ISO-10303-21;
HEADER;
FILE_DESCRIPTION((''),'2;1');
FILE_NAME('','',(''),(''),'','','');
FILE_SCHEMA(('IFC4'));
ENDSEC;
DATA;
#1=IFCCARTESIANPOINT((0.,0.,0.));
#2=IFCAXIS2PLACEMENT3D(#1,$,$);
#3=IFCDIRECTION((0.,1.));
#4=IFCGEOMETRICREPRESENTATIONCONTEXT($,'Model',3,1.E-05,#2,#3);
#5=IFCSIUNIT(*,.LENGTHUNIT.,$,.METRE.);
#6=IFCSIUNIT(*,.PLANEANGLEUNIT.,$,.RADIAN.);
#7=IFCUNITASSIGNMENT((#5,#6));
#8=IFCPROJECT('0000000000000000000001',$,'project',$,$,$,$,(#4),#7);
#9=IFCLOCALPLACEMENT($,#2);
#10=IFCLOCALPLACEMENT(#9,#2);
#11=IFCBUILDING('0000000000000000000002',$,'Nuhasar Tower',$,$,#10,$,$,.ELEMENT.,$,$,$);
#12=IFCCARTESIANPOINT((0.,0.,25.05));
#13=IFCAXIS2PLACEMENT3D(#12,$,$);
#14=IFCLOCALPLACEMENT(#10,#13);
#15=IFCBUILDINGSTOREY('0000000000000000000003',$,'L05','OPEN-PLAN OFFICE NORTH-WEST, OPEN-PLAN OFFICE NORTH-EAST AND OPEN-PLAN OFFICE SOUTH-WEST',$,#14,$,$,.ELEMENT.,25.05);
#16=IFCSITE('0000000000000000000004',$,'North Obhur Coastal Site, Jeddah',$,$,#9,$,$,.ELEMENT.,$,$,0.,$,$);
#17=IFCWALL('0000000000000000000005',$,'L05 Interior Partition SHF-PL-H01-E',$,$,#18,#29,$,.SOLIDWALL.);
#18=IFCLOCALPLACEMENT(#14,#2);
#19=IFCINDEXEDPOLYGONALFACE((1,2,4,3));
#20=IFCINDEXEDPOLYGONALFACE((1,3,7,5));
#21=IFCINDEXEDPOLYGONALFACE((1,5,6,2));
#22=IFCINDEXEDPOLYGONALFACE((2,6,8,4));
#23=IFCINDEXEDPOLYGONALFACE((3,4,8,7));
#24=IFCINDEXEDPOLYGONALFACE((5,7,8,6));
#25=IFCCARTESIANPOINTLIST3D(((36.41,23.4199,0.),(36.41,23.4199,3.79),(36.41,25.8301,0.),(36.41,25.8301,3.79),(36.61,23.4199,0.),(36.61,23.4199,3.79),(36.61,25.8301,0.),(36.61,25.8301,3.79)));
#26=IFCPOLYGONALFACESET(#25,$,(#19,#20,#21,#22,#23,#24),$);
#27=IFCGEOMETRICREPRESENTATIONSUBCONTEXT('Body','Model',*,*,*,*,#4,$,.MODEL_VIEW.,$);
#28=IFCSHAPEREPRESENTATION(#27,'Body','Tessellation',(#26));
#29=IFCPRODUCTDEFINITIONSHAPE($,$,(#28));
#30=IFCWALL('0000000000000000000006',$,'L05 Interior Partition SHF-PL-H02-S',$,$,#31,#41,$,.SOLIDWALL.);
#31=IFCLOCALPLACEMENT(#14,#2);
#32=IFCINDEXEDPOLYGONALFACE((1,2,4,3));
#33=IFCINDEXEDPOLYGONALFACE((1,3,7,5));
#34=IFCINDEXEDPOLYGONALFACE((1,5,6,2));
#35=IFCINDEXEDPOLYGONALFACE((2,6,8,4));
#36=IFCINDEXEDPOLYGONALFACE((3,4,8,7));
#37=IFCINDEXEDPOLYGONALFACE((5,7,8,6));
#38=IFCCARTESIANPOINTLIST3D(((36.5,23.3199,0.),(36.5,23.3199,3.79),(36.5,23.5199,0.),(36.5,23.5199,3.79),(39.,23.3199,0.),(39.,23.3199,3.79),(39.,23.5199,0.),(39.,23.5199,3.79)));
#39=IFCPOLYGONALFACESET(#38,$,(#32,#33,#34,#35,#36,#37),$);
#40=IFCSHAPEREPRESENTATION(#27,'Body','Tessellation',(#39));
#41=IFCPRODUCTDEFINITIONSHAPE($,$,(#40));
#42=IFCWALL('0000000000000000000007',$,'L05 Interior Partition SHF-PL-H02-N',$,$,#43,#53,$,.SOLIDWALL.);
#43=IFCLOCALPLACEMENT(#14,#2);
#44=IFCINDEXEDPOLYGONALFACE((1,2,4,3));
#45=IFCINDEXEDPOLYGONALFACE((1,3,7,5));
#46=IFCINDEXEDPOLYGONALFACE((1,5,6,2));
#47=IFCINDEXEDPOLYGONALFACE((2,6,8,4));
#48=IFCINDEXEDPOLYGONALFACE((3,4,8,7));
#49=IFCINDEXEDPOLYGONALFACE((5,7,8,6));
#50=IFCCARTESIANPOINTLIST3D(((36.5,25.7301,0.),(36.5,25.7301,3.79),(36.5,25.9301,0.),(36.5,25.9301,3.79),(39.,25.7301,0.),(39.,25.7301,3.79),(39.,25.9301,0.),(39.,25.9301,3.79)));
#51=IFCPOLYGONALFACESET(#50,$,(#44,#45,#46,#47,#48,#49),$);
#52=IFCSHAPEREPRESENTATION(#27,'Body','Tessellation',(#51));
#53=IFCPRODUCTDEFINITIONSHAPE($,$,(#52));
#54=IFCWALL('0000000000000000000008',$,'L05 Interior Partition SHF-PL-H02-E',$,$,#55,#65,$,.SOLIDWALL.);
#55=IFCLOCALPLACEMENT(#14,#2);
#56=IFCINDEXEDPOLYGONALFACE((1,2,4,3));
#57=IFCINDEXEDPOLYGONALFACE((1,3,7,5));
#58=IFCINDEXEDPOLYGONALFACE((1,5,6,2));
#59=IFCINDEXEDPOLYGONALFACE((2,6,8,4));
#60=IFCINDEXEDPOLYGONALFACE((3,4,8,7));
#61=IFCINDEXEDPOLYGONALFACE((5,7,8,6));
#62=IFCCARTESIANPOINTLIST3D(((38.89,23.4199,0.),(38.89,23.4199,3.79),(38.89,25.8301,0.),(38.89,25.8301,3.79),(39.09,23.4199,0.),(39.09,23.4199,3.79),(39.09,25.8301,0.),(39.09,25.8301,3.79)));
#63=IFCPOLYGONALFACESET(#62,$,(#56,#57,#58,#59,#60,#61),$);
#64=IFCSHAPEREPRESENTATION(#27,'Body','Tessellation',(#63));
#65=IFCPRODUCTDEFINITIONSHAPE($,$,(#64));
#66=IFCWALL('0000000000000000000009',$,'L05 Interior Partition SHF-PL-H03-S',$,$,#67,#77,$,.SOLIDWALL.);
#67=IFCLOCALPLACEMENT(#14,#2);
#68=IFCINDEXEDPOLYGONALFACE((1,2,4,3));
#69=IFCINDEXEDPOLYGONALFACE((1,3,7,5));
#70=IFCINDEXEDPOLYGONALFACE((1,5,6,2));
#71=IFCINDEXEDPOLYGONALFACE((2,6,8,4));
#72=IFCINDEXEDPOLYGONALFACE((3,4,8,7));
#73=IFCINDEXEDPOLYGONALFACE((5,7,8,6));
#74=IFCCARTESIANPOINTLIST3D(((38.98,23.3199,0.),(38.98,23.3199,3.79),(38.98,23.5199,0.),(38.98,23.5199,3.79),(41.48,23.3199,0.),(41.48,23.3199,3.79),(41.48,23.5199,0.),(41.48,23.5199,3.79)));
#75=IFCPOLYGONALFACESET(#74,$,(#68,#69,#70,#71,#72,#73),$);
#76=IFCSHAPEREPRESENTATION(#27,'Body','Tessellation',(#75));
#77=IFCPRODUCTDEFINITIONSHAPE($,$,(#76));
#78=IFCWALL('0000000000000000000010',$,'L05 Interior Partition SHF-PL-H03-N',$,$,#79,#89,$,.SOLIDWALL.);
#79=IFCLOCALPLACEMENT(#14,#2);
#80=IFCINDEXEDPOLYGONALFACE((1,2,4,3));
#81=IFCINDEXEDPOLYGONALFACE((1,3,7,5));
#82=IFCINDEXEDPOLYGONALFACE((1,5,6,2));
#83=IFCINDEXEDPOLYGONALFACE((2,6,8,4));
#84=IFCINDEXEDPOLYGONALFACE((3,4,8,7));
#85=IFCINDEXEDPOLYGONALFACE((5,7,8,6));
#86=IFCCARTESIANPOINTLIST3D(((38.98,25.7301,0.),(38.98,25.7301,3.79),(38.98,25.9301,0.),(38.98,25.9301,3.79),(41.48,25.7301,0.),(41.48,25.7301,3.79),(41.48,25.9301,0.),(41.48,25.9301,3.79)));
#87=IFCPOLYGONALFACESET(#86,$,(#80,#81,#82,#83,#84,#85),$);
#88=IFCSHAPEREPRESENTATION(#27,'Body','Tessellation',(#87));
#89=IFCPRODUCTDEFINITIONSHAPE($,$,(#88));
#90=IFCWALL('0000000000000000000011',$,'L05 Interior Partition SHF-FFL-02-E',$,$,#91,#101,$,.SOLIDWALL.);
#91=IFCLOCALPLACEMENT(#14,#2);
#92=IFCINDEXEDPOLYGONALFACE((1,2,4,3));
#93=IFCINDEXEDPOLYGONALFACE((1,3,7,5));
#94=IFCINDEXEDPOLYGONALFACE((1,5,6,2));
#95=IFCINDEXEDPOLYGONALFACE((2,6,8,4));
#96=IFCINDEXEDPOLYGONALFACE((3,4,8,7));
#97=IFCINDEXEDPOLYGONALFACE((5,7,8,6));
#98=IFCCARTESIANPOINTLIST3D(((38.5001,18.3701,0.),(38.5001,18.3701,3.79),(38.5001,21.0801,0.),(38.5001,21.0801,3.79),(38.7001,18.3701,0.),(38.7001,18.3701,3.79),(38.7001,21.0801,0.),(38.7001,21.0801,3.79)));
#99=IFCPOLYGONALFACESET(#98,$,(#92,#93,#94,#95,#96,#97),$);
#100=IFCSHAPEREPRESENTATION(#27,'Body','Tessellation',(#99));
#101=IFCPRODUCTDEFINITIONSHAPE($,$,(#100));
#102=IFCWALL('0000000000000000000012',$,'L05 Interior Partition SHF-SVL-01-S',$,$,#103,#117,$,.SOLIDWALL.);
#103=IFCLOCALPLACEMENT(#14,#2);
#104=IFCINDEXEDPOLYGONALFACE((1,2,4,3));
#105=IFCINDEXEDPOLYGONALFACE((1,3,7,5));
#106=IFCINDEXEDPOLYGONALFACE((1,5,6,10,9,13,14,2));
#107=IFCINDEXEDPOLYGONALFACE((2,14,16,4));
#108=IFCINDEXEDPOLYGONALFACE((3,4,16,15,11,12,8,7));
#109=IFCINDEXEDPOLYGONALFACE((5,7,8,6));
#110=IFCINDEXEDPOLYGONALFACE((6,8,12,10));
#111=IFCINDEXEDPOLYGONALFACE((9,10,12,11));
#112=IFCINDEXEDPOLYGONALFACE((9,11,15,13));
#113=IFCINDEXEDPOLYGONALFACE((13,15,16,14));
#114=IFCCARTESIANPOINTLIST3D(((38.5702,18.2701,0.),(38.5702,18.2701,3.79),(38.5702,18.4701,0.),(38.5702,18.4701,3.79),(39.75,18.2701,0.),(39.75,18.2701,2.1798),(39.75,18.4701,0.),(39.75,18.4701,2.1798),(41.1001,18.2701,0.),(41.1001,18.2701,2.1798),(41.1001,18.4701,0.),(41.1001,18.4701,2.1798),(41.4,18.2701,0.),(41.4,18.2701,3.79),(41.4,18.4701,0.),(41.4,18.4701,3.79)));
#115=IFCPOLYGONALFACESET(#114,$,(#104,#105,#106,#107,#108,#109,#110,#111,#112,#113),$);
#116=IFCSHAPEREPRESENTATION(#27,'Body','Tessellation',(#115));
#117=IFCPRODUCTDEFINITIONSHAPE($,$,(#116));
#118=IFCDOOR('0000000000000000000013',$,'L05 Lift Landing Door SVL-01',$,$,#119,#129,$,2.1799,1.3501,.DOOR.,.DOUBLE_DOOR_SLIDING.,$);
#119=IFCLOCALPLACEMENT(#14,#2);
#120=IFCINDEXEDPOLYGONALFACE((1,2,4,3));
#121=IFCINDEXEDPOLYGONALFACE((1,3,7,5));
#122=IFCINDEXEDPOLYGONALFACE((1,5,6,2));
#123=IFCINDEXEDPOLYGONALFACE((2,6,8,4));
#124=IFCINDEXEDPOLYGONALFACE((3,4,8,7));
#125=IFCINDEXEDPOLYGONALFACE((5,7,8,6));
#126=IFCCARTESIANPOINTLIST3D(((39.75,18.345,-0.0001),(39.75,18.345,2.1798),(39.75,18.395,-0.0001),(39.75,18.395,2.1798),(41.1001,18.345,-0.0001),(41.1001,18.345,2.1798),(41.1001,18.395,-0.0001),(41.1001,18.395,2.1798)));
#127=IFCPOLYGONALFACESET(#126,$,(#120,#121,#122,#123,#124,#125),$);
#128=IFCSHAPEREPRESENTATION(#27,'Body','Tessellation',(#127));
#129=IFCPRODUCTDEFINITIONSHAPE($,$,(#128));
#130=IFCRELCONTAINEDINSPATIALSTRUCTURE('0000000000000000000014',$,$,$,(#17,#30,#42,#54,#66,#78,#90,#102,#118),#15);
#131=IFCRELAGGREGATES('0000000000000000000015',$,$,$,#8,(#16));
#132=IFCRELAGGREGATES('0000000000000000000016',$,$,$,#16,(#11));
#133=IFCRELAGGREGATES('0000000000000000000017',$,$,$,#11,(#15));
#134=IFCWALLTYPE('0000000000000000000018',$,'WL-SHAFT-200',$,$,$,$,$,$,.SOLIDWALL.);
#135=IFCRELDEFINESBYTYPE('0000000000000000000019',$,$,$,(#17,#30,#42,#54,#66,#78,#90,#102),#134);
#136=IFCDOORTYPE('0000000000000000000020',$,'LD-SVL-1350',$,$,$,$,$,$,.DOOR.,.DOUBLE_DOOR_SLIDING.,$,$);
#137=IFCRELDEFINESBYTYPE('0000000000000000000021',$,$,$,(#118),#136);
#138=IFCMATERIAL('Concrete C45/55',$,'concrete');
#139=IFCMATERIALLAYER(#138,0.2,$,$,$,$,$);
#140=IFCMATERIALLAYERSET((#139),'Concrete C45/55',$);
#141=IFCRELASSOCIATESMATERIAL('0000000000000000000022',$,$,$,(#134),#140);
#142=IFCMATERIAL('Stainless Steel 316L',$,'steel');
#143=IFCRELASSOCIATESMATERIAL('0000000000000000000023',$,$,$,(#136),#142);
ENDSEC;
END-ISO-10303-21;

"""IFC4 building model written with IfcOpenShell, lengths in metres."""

from ifc_helpers import new_model, si_unit, direction, frame, frame_2d, origin, place, context, subcontext, project, spatial, rectangle, extrude, material, layer, layer_set, type_object, element, fill, save


model = new_model("IFC4")

# Units and contexts
model_context = context("Model", 3, precision=1e-05, world=origin(), true_north=direction((0.0, 1.0)))
body_context = subcontext(model_context, "Body", "Model", "MODEL_VIEW")
ifc_project = project(units=[si_unit("LENGTHUNIT", "METRE"), si_unit("PLANEANGLEUNIT", "RADIAN")], contexts=[model_context])

# Site, building, storey
site_placement = place(None, origin())
site = spatial("IfcSite", under=ifc_project, at=site_placement, Name="North Obhur Coastal Site, Jeddah", CompositionType="ELEMENT", RefElevation=0.0)
building_placement = place(site_placement, origin())
building = spatial("IfcBuilding", under=site, at=building_placement, Name="Nuhasar Tower", CompositionType="ELEMENT")
storey_placement = place(building_placement, frame((0.0, 0.0, 25.05)))
storey = spatial("IfcBuildingStorey", under=building, at=storey_placement, Name="L05", Description="OPEN-PLAN OFFICE NORTH-WEST, OPEN-PLAN OFFICE NORTH-EAST AND OPEN-PLAN OFFICE SOUTH-WEST", CompositionType="ELEMENT", Elevation=25.05)

# Shared definitions
ifc_material_1 = material(Name="Concrete C45/55", Category="concrete")

# Shared definitions
ifc_layer_1 = layer(ifc_material_1, 0.2)
ifc_layer_set_1 = layer_set([ifc_layer_1], Name="Concrete C45/55")
wall_type_1 = type_object("IfcWallType", Name="WL-SHAFT-200", PredefinedType="SOLIDWALL", material=ifc_layer_set_1)

# Shared definitions
ifc_material_2 = material(Name="Stainless Steel 316L", Category="steel")

# Walls
for number, where, z_axis, x_axis, name in (
    (1, (36.51, 23.4199, 0.0), (0.0, 0.0, 1.0), (0.0, 1.0, 0.0), "L05 Interior Partition SHF-PL-H01-E"),
):
    element("IfcWall", number, at=place(storey_placement, frame(where, z_axis=z_axis, x_axis=x_axis)), inside=storey, type_object=wall_type_1, Name=name, PredefinedType="SOLIDWALL", context=body_context, shape_type="SweptSolid", body=[
        extrude(rectangle(XDim=2.4102, YDim=0.2, at=frame_2d((1.2051, 0.0))), origin(), (0.0, 0.0, 1.0), 3.79),
    ])
for number, where, z_axis, x_axis, name in (
    (2, (36.5, 23.4199, 0.0), (0.0, 0.0, 1.0), (1.0, 0.0, 0.0), "L05 Interior Partition SHF-PL-H02-S"),
    (3, (36.5, 25.8301, 0.0), (0.0, 0.0, 1.0), (1.0, 0.0, 0.0), "L05 Interior Partition SHF-PL-H02-N"),
):
    element("IfcWall", number, at=place(storey_placement, frame(where, z_axis=z_axis, x_axis=x_axis)), inside=storey, type_object=wall_type_1, Name=name, PredefinedType="SOLIDWALL", context=body_context, shape_type="SweptSolid", body=[
        extrude(rectangle(XDim=2.5, YDim=0.2, at=frame_2d((1.25, 0.0))), origin(), (0.0, 0.0, 1.0), 3.79),
    ])
wall_1_placement = place(storey_placement, frame((38.99, 23.4199, 0.0), z_axis=(0.0, 0.0, 1.0), x_axis=(0.0, 1.0, 0.0)))
element("IfcWall", 4, at=wall_1_placement, inside=storey, type_object=wall_type_1, Name="L05 Interior Partition SHF-PL-H02-E", PredefinedType="SOLIDWALL", context=body_context, shape_type="SweptSolid", body=[
    extrude(rectangle(XDim=2.4102, YDim=0.2, at=frame_2d((1.2051, 0.0))), origin(), (0.0, 0.0, 1.0), 3.79),
])
for number, where, z_axis, x_axis, name in (
    (5, (38.98, 23.4199, 0.0), (0.0, 0.0, 1.0), (1.0, 0.0, 0.0), "L05 Interior Partition SHF-PL-H03-S"),
    (6, (38.98, 25.8301, 0.0), (0.0, 0.0, 1.0), (1.0, 0.0, 0.0), "L05 Interior Partition SHF-PL-H03-N"),
):
    element("IfcWall", number, at=place(storey_placement, frame(where, z_axis=z_axis, x_axis=x_axis)), inside=storey, type_object=wall_type_1, Name=name, PredefinedType="SOLIDWALL", context=body_context, shape_type="SweptSolid", body=[
        extrude(rectangle(XDim=2.5, YDim=0.2, at=frame_2d((1.25, 0.0))), origin(), (0.0, 0.0, 1.0), 3.79),
    ])
wall_2_placement = place(storey_placement, frame((38.6001, 18.3701, 0.0), z_axis=(0.0, 0.0, 1.0), x_axis=(0.0, 1.0, 0.0)))
element("IfcWall", 7, at=wall_2_placement, inside=storey, type_object=wall_type_1, Name="L05 Interior Partition SHF-FFL-02-E", PredefinedType="SOLIDWALL", context=body_context, shape_type="SweptSolid", body=[
    extrude(rectangle(XDim=2.71, YDim=0.2, at=frame_2d((1.355, 0.0))), origin(), (0.0, 0.0, 1.0), 3.79),
])

# Wall, opening, door
wall_3_placement = place(storey_placement, frame((38.5701, 18.3701, 0.0), z_axis=(0.0, 0.0, 1.0), x_axis=(1.0, 0.0, 0.0)))
wall_3 = element("IfcWall", 8, at=wall_3_placement, inside=storey, type_object=wall_type_1, Name="L05 Interior Partition SHF-SVL-01-S", PredefinedType="SOLIDWALL", context=body_context, shape_type="SweptSolid", body=[
    extrude(rectangle(XDim=2.8298, YDim=0.2, at=frame_2d((1.415, 0.0))), origin(), (0.0, 0.0, 1.0), 3.79),
])
opening_1_placement = place(wall_3_placement, frame((1.1799, 0.0, 0.0)))
opening_1 = element("IfcOpeningElement", 9, at=opening_1_placement, cuts=wall_3, PredefinedType="OPENING", context=body_context, shape_type="SweptSolid", body=[
    extrude(rectangle(XDim=1.3501, YDim=2.1799, at=frame_2d((0.675, 1.0898))), frame((0.0, 0.1099, 0.0), z_axis=(0.0, -1.0, 0.0), x_axis=(1.0, 0.0, 0.0)), (0.0, 0.0, 1.0), 0.22),
])
door_type_1 = type_object("IfcDoorType", Name="LD-SVL-1350", OperationType="DOUBLE_DOOR_SLIDING", PredefinedType="DOOR", material=ifc_material_2)
door_1_placement = place(opening_1_placement, origin())
door_1 = element("IfcDoor", 10, at=door_1_placement, inside=storey, type_object=door_type_1, Name="L05 Lift Landing Door SVL-01", OperationType="DOUBLE_DOOR_SLIDING", OverallHeight=2.1799, OverallWidth=1.3501, PredefinedType="DOOR", context=body_context, shape_type="SweptSolid", body=[
    extrude(rectangle(XDim=1.3501, YDim=2.1799, at=frame_2d((0.675, 1.0898))), frame((0.0, 0.0249, 0.0), z_axis=(0.0, -1.0, 0.0), x_axis=(1.0, 0.0, 0.0)), (0.0, 0.0, 1.0), 0.05),
])
fill(opening_1, door_1)

save(model, "model.ifc")
